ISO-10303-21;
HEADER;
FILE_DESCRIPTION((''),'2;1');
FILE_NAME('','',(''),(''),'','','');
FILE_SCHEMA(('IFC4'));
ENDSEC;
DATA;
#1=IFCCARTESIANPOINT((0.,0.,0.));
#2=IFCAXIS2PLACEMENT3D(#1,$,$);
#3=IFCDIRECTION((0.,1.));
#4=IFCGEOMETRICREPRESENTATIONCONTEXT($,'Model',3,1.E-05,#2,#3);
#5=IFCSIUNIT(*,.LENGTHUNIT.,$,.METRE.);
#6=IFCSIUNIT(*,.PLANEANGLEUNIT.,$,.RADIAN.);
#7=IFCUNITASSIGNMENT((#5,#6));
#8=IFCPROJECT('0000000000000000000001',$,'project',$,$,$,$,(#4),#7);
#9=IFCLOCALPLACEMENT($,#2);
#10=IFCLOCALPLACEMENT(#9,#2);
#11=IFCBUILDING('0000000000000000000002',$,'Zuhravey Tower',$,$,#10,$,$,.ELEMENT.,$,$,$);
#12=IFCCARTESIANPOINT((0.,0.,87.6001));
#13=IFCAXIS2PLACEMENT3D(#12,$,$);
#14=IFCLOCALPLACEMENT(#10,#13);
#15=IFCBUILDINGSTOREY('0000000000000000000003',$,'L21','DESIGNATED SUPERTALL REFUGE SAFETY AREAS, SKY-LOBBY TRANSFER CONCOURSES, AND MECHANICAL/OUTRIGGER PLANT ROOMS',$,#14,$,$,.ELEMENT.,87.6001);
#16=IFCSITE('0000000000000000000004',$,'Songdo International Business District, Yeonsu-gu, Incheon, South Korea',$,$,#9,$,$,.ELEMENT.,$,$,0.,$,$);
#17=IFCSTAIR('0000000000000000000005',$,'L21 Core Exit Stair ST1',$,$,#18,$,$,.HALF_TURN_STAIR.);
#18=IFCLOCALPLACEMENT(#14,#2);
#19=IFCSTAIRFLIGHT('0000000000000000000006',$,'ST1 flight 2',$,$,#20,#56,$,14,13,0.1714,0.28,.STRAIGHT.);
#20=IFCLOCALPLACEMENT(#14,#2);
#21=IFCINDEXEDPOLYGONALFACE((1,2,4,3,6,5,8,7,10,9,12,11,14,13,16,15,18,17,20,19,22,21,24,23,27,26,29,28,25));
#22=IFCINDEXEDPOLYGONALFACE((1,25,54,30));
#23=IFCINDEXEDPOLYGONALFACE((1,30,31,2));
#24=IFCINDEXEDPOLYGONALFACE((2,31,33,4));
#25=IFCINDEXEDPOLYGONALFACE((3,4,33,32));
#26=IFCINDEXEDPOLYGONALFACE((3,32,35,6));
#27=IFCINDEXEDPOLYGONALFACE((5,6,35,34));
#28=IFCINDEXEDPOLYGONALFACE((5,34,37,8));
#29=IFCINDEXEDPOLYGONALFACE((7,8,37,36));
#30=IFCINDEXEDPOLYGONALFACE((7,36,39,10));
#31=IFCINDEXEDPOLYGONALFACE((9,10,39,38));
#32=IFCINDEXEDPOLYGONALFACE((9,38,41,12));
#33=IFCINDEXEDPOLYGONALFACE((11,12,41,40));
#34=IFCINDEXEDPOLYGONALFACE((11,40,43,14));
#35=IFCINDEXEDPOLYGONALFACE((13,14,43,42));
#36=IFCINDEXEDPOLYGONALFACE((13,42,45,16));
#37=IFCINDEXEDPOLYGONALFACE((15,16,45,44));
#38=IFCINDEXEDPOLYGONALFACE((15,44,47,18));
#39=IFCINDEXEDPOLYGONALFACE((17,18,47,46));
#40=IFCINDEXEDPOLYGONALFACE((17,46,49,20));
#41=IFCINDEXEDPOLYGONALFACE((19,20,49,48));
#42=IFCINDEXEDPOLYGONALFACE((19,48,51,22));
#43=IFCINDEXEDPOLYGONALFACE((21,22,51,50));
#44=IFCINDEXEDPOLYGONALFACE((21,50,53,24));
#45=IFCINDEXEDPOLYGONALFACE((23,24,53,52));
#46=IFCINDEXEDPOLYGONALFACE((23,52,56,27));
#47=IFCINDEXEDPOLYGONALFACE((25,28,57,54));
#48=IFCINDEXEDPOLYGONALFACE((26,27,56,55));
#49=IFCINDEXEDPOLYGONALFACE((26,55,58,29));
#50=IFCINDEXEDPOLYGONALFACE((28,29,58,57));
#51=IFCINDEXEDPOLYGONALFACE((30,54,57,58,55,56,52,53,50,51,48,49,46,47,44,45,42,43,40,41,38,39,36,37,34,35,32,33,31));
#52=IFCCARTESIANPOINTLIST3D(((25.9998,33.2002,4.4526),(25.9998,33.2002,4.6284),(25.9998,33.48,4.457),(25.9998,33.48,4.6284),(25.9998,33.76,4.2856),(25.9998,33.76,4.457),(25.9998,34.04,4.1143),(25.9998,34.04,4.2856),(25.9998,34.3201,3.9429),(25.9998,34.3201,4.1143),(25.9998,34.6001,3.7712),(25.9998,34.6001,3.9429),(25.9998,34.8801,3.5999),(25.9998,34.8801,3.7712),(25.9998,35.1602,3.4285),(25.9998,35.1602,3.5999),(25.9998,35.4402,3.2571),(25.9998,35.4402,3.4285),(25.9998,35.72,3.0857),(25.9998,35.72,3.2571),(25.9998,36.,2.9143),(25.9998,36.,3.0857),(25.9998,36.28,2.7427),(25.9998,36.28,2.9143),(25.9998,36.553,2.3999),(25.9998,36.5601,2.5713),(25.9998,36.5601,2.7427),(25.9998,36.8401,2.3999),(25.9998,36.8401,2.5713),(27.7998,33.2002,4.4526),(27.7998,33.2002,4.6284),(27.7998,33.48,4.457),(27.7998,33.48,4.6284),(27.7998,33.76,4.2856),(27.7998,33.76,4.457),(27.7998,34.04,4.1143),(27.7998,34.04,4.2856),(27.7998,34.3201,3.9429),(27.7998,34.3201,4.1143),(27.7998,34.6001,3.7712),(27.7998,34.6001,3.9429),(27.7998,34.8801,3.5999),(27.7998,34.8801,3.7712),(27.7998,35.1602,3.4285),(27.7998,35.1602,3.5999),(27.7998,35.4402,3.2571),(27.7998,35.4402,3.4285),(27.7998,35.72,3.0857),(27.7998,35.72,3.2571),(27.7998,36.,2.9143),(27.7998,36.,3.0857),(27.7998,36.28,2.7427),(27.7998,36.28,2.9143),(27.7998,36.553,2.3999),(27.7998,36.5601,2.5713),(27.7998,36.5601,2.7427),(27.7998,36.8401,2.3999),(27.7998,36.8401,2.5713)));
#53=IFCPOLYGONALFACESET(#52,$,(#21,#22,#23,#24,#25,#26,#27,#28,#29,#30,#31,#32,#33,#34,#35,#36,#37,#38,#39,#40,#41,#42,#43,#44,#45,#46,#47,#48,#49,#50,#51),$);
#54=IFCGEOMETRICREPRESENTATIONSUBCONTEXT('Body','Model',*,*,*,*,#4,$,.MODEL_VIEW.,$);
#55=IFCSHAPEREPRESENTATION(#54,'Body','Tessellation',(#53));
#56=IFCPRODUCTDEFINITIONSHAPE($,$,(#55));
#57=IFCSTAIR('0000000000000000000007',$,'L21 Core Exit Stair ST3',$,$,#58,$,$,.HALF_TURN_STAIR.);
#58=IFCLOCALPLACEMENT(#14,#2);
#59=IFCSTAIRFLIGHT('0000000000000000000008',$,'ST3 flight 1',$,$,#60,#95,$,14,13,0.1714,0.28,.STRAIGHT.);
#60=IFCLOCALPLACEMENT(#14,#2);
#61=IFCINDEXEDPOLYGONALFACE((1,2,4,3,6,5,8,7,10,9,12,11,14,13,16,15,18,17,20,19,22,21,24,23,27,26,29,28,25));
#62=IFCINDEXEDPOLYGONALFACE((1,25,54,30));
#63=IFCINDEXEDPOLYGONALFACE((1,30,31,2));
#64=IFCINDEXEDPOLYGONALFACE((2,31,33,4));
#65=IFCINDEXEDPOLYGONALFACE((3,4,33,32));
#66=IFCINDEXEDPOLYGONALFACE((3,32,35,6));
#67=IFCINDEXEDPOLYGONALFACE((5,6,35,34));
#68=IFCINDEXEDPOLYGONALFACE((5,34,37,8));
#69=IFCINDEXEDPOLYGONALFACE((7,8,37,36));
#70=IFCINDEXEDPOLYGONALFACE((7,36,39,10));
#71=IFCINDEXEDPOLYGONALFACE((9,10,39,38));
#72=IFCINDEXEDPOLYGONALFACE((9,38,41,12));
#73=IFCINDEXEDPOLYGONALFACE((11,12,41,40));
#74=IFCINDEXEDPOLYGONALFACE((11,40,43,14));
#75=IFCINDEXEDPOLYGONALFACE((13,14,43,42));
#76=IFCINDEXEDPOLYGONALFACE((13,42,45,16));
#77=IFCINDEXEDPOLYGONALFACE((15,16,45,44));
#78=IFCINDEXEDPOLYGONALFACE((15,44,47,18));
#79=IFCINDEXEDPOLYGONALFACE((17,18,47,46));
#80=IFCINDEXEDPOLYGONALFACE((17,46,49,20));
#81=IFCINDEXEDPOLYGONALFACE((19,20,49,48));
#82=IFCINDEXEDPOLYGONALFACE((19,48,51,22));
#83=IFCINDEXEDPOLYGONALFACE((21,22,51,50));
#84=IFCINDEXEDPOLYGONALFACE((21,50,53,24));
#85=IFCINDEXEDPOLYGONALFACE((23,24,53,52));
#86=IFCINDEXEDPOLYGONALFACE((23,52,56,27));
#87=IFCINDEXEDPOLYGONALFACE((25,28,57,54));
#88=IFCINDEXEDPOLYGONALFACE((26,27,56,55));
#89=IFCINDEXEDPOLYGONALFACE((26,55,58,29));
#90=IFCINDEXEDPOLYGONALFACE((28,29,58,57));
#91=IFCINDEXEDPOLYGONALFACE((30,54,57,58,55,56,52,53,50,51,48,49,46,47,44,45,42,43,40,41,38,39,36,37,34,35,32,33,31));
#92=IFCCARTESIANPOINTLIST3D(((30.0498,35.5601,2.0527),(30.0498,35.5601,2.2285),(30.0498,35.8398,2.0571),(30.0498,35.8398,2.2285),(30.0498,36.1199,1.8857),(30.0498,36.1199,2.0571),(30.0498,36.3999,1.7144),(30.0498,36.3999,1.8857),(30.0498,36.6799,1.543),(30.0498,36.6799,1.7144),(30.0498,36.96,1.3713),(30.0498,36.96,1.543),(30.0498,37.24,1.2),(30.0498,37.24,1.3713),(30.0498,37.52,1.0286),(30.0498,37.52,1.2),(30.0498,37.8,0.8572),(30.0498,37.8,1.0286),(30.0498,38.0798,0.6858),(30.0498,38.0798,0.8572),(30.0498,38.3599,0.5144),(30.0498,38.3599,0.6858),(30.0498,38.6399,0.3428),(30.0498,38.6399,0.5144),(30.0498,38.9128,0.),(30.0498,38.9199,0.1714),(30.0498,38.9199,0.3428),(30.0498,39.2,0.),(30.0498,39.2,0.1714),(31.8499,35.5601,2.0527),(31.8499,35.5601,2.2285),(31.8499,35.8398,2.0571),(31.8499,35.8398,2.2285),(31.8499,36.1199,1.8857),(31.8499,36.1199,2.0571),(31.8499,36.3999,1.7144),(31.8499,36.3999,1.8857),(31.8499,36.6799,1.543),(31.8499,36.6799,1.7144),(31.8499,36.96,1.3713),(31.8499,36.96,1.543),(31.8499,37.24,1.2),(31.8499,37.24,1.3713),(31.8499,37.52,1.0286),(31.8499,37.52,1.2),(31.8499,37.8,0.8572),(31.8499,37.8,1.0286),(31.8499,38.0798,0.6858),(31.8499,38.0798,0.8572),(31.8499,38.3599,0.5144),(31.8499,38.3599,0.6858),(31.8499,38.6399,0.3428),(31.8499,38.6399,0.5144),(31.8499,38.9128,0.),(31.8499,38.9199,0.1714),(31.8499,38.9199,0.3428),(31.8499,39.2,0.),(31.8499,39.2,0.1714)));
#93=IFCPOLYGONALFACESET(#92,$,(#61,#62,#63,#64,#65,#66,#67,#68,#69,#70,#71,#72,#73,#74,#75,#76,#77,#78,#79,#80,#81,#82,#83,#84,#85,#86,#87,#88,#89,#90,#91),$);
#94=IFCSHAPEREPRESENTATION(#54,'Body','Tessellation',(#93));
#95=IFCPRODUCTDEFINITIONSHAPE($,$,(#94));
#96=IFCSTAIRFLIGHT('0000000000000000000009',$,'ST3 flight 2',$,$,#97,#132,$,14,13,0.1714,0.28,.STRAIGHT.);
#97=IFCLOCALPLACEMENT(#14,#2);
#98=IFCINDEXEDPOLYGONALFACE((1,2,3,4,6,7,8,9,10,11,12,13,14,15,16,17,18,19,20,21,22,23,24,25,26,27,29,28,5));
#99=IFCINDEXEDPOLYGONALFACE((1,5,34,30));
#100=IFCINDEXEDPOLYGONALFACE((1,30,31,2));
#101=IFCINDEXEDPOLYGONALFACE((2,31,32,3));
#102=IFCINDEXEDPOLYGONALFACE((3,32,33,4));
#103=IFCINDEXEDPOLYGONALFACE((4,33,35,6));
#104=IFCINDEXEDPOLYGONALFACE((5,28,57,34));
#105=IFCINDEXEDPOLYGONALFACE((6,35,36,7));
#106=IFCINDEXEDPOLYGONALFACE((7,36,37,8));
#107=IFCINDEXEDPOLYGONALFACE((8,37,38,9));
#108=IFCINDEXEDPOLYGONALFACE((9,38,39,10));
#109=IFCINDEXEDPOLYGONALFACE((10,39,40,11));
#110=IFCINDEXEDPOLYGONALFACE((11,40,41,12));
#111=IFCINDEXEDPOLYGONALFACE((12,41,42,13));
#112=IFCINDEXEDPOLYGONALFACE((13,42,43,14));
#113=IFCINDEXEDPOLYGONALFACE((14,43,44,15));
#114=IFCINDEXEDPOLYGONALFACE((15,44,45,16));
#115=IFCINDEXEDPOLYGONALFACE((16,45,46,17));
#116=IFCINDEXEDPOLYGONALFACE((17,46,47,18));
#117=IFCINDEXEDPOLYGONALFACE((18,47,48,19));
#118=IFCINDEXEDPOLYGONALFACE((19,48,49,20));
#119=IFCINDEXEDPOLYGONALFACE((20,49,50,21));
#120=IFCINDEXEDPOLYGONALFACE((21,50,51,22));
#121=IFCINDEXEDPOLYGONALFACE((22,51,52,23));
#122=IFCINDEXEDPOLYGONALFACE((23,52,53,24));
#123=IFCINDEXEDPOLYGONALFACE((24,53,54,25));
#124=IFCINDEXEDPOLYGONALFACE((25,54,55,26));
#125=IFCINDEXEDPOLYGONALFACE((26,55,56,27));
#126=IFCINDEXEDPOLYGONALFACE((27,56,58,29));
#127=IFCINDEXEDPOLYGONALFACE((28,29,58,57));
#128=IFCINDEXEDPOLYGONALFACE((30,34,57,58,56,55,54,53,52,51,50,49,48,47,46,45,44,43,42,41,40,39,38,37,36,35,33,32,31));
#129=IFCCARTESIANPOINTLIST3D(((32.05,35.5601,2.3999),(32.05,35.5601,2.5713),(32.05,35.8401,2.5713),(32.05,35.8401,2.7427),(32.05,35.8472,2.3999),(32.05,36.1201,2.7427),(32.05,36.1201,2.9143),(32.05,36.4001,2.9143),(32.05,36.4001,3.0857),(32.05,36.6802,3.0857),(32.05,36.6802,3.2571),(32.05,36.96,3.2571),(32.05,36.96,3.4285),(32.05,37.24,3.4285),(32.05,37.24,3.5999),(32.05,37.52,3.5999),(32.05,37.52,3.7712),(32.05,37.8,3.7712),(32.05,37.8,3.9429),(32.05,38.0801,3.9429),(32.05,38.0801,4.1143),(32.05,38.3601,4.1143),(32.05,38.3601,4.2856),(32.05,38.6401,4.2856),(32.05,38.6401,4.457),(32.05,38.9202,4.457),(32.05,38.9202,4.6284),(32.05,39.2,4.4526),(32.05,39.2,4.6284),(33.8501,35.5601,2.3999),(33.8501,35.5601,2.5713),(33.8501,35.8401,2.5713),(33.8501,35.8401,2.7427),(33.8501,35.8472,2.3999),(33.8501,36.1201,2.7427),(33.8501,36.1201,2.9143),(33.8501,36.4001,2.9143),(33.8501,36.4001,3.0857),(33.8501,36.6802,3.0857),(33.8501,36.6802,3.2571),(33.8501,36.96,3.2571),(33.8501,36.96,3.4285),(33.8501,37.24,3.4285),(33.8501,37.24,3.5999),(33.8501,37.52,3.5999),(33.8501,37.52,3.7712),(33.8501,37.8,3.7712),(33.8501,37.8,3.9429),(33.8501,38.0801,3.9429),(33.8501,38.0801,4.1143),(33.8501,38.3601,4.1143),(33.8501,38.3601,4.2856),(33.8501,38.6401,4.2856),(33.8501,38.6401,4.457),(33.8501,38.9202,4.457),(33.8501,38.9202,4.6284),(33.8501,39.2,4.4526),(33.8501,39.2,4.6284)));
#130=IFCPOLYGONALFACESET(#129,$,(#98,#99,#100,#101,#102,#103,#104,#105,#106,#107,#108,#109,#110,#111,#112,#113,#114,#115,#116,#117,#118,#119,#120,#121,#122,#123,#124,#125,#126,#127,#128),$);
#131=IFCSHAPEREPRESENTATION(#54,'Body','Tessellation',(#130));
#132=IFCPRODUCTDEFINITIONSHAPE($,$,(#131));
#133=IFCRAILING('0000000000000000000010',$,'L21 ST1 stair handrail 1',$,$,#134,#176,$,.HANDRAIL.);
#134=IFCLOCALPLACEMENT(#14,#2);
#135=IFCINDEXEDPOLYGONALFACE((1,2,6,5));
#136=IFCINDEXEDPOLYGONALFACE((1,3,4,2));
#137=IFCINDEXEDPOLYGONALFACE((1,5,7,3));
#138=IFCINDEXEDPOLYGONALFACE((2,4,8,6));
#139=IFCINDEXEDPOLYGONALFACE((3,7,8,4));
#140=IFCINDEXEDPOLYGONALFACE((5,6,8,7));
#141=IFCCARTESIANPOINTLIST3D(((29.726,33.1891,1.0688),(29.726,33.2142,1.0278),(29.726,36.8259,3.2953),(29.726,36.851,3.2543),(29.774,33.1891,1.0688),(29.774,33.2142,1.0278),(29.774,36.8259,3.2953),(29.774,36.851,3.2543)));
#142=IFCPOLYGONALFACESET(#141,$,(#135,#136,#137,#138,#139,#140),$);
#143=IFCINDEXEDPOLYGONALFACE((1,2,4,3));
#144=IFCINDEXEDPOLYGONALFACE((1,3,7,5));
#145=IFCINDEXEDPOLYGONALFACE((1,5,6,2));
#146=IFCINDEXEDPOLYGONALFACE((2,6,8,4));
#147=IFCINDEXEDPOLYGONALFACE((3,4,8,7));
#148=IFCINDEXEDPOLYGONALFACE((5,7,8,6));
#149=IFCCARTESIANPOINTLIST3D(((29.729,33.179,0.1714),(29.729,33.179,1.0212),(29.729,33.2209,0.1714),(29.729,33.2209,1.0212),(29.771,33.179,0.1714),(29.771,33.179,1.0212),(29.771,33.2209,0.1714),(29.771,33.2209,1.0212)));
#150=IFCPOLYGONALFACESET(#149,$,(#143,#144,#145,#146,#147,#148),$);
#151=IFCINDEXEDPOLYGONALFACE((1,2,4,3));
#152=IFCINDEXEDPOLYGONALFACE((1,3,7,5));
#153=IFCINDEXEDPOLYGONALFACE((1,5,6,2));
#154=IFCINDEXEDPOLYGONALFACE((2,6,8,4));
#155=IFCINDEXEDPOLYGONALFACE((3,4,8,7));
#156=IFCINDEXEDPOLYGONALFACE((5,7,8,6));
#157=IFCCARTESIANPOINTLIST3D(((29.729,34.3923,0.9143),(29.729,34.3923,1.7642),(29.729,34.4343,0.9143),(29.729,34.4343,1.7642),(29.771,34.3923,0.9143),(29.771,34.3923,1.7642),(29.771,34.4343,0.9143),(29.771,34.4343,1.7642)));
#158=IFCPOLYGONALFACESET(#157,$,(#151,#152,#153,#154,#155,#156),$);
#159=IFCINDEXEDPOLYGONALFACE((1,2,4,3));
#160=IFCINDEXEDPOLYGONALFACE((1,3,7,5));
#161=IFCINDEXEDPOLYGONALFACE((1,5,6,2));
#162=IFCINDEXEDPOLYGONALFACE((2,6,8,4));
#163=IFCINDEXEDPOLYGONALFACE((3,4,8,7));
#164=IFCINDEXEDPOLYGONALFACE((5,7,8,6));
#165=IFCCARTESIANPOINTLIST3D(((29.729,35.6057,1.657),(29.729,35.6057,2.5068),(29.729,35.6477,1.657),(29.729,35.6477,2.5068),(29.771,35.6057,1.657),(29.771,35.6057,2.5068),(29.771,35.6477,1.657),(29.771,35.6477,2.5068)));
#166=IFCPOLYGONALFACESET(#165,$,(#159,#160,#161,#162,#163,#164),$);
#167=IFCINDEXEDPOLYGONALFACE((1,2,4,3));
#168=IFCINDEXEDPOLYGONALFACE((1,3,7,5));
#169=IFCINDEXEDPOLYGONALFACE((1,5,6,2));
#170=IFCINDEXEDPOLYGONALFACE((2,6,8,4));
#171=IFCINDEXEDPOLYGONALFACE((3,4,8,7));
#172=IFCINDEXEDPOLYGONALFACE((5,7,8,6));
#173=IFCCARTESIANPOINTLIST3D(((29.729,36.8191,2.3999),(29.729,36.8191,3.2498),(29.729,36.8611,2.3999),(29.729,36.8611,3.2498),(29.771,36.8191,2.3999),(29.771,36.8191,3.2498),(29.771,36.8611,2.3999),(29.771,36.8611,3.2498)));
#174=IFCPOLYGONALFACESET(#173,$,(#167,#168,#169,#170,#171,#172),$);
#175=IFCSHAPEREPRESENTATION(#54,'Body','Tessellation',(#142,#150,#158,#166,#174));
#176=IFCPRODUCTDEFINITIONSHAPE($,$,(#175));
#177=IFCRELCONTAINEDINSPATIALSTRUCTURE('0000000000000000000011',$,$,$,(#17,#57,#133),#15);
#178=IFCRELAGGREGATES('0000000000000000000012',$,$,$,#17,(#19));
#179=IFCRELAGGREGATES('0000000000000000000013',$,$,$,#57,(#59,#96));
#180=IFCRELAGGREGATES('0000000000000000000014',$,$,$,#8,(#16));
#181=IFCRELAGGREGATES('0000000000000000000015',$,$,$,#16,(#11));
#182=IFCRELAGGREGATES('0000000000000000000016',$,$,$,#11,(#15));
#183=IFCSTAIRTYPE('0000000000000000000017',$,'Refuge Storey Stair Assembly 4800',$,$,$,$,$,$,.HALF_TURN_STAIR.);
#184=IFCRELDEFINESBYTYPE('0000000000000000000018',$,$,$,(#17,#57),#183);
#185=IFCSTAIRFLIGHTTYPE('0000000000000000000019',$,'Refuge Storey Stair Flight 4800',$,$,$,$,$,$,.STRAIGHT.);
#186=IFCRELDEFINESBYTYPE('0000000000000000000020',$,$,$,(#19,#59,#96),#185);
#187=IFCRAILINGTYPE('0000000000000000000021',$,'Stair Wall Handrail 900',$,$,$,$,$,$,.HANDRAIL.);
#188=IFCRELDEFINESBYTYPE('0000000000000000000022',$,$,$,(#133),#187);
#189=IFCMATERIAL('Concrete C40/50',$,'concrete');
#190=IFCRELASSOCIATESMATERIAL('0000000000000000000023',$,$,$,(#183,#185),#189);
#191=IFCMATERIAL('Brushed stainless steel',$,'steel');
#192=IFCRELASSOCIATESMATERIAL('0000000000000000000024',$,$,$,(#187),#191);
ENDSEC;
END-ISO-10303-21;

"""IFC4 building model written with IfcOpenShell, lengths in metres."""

from ifc_helpers import new_model, si_unit, direction, frame, origin, origin_2d, place, context, subcontext, project, spatial, polyline, rectangle, outline, extrude, material, type_object, element, aggregate, save


model = new_model("IFC4")

# Units and contexts
model_context = context("Model", 3, precision=1e-05, world=origin(), true_north=direction((0.0, 1.0)))
body_context = subcontext(model_context, "Body", "Model", "MODEL_VIEW")
ifc_project = project(units=[si_unit("LENGTHUNIT", "METRE"), si_unit("PLANEANGLEUNIT", "RADIAN")], contexts=[model_context])

# Site, building, storey
site_placement = place(None, origin())
site = spatial("IfcSite", under=ifc_project, at=site_placement, Name="Songdo International Business District, Yeonsu-gu, Incheon, South Korea", CompositionType="ELEMENT", RefElevation=0.0)
building_placement = place(site_placement, origin())
building = spatial("IfcBuilding", under=site, at=building_placement, Name="Zuhravey Tower", CompositionType="ELEMENT")
storey_placement = place(building_placement, frame((0.0, 0.0, 87.6001)))
storey = spatial("IfcBuildingStorey", under=building, at=storey_placement, Name="L21", Description="DESIGNATED SUPERTALL REFUGE SAFETY AREAS, SKY-LOBBY TRANSFER CONCOURSES, AND MECHANICAL/OUTRIGGER PLANT ROOMS", CompositionType="ELEMENT", Elevation=87.6001)

# Stairs, stair flights
ifc_material_1 = material(Name="Concrete C40/50", Category="concrete")
stair_type = type_object("IfcStairType", Name="Refuge Storey Stair Assembly 4800", PredefinedType="HALF_TURN_STAIR", material=ifc_material_1)
stair_1_placement = place(storey_placement, origin())
stair_1 = element("IfcStair", 1, at=stair_1_placement, inside=storey, type_object=stair_type, Name="L21 Core Exit Stair ST1", PredefinedType="HALF_TURN_STAIR")
stair_flight_type = type_object("IfcStairFlightType", Name="Refuge Storey Stair Flight 4800", PredefinedType="STRAIGHT", material=ifc_material_1)
stair_flight_1_placement = place(storey_placement, frame((26.8999, 36.8401, 2.3999), z_axis=(0.0, 0.0, 1.0), x_axis=(0.0, -1.0, 0.0)))
stair_flight_1 = element("IfcStairFlight", 2, at=stair_flight_1_placement, type_object=stair_flight_type, Name="ST1 flight 2", NumberOfRisers=14, NumberOfTreads=13, PredefinedType="STRAIGHT", RiserHeight=0.1714, TreadLength=0.28, context=body_context, shape_type="SweptSolid", body=[
    extrude(outline(polyline([(0.0, 0.0), (0.0, 0.1714), (0.28, 0.1714), (0.28, 0.3428), (0.5601, 0.3428), (0.5601, 0.5144), (0.8401, 0.5144), (0.8401, 0.6858), (1.1201, 0.6858), (1.1201, 0.8572), (1.3999, 0.8572), (1.3999, 1.0286), (1.6799, 1.0286), (1.6799, 1.2), (1.96, 1.2), (1.96, 1.3713), (2.24, 1.3713), (2.24, 1.543), (2.52, 1.543), (2.52, 1.7144), (2.8, 1.7144), (2.8, 1.8857), (3.0801, 1.8857), (3.0801, 2.0571), (3.3601, 2.0571), (3.3601, 2.2285), (3.6399, 2.2285), (3.6399, 2.3999), (3.6399, 2.0527), (0.2871, 0.0), (0.0, 0.0)])), frame((0.0, 0.8999, 0.0), z_axis=(0.0, -1.0, 0.0), x_axis=(1.0, 0.0, 0.0)), (0.0, 0.0, 1.0), 1.8),
])
aggregate(stair_1, [stair_flight_1])
stair_2_placement = place(storey_placement, origin())
stair_2 = element("IfcStair", 3, at=stair_2_placement, inside=storey, type_object=stair_type, Name="L21 Core Exit Stair ST3", PredefinedType="HALF_TURN_STAIR")
stair_flight_2_placement = place(storey_placement, frame((30.95, 39.2, 0.0), z_axis=(0.0, 0.0, 1.0), x_axis=(0.0, -1.0, 0.0)))
stair_flight_2 = element("IfcStairFlight", 4, at=stair_flight_2_placement, type_object=stair_flight_type, Name="ST3 flight 1", NumberOfRisers=14, NumberOfTreads=13, PredefinedType="STRAIGHT", RiserHeight=0.1714, TreadLength=0.28, context=body_context, shape_type="SweptSolid", body=[
    extrude(outline(polyline([(0.0, 0.0), (0.0, 0.1714), (0.28, 0.1714), (0.28, 0.3428), (0.5601, 0.3428), (0.5601, 0.5144), (0.8401, 0.5144), (0.8401, 0.6858), (1.1201, 0.6858), (1.1201, 0.8572), (1.3999, 0.8572), (1.3999, 1.0286), (1.6799, 1.0286), (1.6799, 1.2), (1.96, 1.2), (1.96, 1.3713), (2.24, 1.3713), (2.24, 1.543), (2.52, 1.543), (2.52, 1.7144), (2.8, 1.7144), (2.8, 1.8857), (3.0801, 1.8857), (3.0801, 2.0571), (3.3601, 2.0571), (3.3601, 2.2285), (3.6399, 2.2285), (3.6399, 2.3999), (3.6399, 2.0527), (0.2871, 0.0), (0.0, 0.0)])), frame((0.0, 0.8999, 0.0), z_axis=(0.0, -1.0, 0.0), x_axis=(1.0, 0.0, 0.0)), (0.0, 0.0, 1.0), 1.8),
])
stair_flight_3_placement = place(storey_placement, frame((32.95, 35.5601, 2.3999), z_axis=(0.0, 0.0, 1.0), x_axis=(0.0, 1.0, 0.0)))
stair_flight_3 = element("IfcStairFlight", 5, at=stair_flight_3_placement, type_object=stair_flight_type, Name="ST3 flight 2", NumberOfRisers=14, NumberOfTreads=13, PredefinedType="STRAIGHT", RiserHeight=0.1714, TreadLength=0.28, context=body_context, shape_type="SweptSolid", body=[
    extrude(outline(polyline([(0.0, 0.0), (0.0, 0.1714), (0.28, 0.1714), (0.28, 0.3428), (0.5601, 0.3428), (0.5601, 0.5144), (0.8401, 0.5144), (0.8401, 0.6858), (1.1201, 0.6858), (1.1201, 0.8572), (1.3999, 0.8572), (1.3999, 1.0286), (1.6799, 1.0286), (1.6799, 1.2), (1.96, 1.2), (1.96, 1.3713), (2.24, 1.3713), (2.24, 1.543), (2.52, 1.543), (2.52, 1.7144), (2.8, 1.7144), (2.8, 1.8857), (3.0801, 1.8857), (3.0801, 2.0571), (3.3601, 2.0571), (3.3601, 2.2285), (3.6399, 2.2285), (3.6399, 2.3999), (3.6399, 2.0527), (0.2871, 0.0), (0.0, 0.0)])), frame((0.0, 0.8999, 0.0), z_axis=(0.0, -1.0, 0.0), x_axis=(1.0, 0.0, 0.0)), (0.0, 0.0, 1.0), 1.8),
])
aggregate(stair_2, [stair_flight_2, stair_flight_3])

# Railing
ifc_material_2 = material(Name="Brushed stainless steel", Category="steel")
railing_type_1 = type_object("IfcRailingType", Name="Stair Wall Handrail 900", PredefinedType="HANDRAIL", material=ifc_material_2)
railing_1_placement = place(storey_placement, frame((29.75, 33.2, 0.1714)))
element("IfcRailing", 6, at=railing_1_placement, inside=storey, type_object=railing_type_1, Name="L21 ST1 stair handrail 1", PredefinedType="HANDRAIL", context=body_context, shape_type="SweptSolid", body=[
    extrude(rectangle(XDim=0.0481, YDim=0.0481, at=origin_2d()), frame((0.0, 0.0017, 0.877), z_axis=(0.0, 0.852866, 0.52213), x_axis=(-1.0, 0.0, 0.0)), (0.0, 0.0, 1.0), 4.2642),
    extrude(rectangle(XDim=0.042, YDim=0.042, at=origin_2d()), origin(), (0.0, 0.0, 1.0), 0.8499),
    extrude(rectangle(XDim=0.042, YDim=0.042, at=origin_2d()), frame((0.0, 1.2134, 0.7429)), (0.0, 0.0, 1.0), 0.8499),
    extrude(rectangle(XDim=0.042, YDim=0.042, at=origin_2d()), frame((0.0, 2.4268, 1.4856)), (0.0, 0.0, 1.0), 0.8499),
    extrude(rectangle(XDim=0.042, YDim=0.042, at=origin_2d()), frame((0.0, 3.6401, 2.2285)), (0.0, 0.0, 1.0), 0.8499),
])

save(model, "model.ifc")
